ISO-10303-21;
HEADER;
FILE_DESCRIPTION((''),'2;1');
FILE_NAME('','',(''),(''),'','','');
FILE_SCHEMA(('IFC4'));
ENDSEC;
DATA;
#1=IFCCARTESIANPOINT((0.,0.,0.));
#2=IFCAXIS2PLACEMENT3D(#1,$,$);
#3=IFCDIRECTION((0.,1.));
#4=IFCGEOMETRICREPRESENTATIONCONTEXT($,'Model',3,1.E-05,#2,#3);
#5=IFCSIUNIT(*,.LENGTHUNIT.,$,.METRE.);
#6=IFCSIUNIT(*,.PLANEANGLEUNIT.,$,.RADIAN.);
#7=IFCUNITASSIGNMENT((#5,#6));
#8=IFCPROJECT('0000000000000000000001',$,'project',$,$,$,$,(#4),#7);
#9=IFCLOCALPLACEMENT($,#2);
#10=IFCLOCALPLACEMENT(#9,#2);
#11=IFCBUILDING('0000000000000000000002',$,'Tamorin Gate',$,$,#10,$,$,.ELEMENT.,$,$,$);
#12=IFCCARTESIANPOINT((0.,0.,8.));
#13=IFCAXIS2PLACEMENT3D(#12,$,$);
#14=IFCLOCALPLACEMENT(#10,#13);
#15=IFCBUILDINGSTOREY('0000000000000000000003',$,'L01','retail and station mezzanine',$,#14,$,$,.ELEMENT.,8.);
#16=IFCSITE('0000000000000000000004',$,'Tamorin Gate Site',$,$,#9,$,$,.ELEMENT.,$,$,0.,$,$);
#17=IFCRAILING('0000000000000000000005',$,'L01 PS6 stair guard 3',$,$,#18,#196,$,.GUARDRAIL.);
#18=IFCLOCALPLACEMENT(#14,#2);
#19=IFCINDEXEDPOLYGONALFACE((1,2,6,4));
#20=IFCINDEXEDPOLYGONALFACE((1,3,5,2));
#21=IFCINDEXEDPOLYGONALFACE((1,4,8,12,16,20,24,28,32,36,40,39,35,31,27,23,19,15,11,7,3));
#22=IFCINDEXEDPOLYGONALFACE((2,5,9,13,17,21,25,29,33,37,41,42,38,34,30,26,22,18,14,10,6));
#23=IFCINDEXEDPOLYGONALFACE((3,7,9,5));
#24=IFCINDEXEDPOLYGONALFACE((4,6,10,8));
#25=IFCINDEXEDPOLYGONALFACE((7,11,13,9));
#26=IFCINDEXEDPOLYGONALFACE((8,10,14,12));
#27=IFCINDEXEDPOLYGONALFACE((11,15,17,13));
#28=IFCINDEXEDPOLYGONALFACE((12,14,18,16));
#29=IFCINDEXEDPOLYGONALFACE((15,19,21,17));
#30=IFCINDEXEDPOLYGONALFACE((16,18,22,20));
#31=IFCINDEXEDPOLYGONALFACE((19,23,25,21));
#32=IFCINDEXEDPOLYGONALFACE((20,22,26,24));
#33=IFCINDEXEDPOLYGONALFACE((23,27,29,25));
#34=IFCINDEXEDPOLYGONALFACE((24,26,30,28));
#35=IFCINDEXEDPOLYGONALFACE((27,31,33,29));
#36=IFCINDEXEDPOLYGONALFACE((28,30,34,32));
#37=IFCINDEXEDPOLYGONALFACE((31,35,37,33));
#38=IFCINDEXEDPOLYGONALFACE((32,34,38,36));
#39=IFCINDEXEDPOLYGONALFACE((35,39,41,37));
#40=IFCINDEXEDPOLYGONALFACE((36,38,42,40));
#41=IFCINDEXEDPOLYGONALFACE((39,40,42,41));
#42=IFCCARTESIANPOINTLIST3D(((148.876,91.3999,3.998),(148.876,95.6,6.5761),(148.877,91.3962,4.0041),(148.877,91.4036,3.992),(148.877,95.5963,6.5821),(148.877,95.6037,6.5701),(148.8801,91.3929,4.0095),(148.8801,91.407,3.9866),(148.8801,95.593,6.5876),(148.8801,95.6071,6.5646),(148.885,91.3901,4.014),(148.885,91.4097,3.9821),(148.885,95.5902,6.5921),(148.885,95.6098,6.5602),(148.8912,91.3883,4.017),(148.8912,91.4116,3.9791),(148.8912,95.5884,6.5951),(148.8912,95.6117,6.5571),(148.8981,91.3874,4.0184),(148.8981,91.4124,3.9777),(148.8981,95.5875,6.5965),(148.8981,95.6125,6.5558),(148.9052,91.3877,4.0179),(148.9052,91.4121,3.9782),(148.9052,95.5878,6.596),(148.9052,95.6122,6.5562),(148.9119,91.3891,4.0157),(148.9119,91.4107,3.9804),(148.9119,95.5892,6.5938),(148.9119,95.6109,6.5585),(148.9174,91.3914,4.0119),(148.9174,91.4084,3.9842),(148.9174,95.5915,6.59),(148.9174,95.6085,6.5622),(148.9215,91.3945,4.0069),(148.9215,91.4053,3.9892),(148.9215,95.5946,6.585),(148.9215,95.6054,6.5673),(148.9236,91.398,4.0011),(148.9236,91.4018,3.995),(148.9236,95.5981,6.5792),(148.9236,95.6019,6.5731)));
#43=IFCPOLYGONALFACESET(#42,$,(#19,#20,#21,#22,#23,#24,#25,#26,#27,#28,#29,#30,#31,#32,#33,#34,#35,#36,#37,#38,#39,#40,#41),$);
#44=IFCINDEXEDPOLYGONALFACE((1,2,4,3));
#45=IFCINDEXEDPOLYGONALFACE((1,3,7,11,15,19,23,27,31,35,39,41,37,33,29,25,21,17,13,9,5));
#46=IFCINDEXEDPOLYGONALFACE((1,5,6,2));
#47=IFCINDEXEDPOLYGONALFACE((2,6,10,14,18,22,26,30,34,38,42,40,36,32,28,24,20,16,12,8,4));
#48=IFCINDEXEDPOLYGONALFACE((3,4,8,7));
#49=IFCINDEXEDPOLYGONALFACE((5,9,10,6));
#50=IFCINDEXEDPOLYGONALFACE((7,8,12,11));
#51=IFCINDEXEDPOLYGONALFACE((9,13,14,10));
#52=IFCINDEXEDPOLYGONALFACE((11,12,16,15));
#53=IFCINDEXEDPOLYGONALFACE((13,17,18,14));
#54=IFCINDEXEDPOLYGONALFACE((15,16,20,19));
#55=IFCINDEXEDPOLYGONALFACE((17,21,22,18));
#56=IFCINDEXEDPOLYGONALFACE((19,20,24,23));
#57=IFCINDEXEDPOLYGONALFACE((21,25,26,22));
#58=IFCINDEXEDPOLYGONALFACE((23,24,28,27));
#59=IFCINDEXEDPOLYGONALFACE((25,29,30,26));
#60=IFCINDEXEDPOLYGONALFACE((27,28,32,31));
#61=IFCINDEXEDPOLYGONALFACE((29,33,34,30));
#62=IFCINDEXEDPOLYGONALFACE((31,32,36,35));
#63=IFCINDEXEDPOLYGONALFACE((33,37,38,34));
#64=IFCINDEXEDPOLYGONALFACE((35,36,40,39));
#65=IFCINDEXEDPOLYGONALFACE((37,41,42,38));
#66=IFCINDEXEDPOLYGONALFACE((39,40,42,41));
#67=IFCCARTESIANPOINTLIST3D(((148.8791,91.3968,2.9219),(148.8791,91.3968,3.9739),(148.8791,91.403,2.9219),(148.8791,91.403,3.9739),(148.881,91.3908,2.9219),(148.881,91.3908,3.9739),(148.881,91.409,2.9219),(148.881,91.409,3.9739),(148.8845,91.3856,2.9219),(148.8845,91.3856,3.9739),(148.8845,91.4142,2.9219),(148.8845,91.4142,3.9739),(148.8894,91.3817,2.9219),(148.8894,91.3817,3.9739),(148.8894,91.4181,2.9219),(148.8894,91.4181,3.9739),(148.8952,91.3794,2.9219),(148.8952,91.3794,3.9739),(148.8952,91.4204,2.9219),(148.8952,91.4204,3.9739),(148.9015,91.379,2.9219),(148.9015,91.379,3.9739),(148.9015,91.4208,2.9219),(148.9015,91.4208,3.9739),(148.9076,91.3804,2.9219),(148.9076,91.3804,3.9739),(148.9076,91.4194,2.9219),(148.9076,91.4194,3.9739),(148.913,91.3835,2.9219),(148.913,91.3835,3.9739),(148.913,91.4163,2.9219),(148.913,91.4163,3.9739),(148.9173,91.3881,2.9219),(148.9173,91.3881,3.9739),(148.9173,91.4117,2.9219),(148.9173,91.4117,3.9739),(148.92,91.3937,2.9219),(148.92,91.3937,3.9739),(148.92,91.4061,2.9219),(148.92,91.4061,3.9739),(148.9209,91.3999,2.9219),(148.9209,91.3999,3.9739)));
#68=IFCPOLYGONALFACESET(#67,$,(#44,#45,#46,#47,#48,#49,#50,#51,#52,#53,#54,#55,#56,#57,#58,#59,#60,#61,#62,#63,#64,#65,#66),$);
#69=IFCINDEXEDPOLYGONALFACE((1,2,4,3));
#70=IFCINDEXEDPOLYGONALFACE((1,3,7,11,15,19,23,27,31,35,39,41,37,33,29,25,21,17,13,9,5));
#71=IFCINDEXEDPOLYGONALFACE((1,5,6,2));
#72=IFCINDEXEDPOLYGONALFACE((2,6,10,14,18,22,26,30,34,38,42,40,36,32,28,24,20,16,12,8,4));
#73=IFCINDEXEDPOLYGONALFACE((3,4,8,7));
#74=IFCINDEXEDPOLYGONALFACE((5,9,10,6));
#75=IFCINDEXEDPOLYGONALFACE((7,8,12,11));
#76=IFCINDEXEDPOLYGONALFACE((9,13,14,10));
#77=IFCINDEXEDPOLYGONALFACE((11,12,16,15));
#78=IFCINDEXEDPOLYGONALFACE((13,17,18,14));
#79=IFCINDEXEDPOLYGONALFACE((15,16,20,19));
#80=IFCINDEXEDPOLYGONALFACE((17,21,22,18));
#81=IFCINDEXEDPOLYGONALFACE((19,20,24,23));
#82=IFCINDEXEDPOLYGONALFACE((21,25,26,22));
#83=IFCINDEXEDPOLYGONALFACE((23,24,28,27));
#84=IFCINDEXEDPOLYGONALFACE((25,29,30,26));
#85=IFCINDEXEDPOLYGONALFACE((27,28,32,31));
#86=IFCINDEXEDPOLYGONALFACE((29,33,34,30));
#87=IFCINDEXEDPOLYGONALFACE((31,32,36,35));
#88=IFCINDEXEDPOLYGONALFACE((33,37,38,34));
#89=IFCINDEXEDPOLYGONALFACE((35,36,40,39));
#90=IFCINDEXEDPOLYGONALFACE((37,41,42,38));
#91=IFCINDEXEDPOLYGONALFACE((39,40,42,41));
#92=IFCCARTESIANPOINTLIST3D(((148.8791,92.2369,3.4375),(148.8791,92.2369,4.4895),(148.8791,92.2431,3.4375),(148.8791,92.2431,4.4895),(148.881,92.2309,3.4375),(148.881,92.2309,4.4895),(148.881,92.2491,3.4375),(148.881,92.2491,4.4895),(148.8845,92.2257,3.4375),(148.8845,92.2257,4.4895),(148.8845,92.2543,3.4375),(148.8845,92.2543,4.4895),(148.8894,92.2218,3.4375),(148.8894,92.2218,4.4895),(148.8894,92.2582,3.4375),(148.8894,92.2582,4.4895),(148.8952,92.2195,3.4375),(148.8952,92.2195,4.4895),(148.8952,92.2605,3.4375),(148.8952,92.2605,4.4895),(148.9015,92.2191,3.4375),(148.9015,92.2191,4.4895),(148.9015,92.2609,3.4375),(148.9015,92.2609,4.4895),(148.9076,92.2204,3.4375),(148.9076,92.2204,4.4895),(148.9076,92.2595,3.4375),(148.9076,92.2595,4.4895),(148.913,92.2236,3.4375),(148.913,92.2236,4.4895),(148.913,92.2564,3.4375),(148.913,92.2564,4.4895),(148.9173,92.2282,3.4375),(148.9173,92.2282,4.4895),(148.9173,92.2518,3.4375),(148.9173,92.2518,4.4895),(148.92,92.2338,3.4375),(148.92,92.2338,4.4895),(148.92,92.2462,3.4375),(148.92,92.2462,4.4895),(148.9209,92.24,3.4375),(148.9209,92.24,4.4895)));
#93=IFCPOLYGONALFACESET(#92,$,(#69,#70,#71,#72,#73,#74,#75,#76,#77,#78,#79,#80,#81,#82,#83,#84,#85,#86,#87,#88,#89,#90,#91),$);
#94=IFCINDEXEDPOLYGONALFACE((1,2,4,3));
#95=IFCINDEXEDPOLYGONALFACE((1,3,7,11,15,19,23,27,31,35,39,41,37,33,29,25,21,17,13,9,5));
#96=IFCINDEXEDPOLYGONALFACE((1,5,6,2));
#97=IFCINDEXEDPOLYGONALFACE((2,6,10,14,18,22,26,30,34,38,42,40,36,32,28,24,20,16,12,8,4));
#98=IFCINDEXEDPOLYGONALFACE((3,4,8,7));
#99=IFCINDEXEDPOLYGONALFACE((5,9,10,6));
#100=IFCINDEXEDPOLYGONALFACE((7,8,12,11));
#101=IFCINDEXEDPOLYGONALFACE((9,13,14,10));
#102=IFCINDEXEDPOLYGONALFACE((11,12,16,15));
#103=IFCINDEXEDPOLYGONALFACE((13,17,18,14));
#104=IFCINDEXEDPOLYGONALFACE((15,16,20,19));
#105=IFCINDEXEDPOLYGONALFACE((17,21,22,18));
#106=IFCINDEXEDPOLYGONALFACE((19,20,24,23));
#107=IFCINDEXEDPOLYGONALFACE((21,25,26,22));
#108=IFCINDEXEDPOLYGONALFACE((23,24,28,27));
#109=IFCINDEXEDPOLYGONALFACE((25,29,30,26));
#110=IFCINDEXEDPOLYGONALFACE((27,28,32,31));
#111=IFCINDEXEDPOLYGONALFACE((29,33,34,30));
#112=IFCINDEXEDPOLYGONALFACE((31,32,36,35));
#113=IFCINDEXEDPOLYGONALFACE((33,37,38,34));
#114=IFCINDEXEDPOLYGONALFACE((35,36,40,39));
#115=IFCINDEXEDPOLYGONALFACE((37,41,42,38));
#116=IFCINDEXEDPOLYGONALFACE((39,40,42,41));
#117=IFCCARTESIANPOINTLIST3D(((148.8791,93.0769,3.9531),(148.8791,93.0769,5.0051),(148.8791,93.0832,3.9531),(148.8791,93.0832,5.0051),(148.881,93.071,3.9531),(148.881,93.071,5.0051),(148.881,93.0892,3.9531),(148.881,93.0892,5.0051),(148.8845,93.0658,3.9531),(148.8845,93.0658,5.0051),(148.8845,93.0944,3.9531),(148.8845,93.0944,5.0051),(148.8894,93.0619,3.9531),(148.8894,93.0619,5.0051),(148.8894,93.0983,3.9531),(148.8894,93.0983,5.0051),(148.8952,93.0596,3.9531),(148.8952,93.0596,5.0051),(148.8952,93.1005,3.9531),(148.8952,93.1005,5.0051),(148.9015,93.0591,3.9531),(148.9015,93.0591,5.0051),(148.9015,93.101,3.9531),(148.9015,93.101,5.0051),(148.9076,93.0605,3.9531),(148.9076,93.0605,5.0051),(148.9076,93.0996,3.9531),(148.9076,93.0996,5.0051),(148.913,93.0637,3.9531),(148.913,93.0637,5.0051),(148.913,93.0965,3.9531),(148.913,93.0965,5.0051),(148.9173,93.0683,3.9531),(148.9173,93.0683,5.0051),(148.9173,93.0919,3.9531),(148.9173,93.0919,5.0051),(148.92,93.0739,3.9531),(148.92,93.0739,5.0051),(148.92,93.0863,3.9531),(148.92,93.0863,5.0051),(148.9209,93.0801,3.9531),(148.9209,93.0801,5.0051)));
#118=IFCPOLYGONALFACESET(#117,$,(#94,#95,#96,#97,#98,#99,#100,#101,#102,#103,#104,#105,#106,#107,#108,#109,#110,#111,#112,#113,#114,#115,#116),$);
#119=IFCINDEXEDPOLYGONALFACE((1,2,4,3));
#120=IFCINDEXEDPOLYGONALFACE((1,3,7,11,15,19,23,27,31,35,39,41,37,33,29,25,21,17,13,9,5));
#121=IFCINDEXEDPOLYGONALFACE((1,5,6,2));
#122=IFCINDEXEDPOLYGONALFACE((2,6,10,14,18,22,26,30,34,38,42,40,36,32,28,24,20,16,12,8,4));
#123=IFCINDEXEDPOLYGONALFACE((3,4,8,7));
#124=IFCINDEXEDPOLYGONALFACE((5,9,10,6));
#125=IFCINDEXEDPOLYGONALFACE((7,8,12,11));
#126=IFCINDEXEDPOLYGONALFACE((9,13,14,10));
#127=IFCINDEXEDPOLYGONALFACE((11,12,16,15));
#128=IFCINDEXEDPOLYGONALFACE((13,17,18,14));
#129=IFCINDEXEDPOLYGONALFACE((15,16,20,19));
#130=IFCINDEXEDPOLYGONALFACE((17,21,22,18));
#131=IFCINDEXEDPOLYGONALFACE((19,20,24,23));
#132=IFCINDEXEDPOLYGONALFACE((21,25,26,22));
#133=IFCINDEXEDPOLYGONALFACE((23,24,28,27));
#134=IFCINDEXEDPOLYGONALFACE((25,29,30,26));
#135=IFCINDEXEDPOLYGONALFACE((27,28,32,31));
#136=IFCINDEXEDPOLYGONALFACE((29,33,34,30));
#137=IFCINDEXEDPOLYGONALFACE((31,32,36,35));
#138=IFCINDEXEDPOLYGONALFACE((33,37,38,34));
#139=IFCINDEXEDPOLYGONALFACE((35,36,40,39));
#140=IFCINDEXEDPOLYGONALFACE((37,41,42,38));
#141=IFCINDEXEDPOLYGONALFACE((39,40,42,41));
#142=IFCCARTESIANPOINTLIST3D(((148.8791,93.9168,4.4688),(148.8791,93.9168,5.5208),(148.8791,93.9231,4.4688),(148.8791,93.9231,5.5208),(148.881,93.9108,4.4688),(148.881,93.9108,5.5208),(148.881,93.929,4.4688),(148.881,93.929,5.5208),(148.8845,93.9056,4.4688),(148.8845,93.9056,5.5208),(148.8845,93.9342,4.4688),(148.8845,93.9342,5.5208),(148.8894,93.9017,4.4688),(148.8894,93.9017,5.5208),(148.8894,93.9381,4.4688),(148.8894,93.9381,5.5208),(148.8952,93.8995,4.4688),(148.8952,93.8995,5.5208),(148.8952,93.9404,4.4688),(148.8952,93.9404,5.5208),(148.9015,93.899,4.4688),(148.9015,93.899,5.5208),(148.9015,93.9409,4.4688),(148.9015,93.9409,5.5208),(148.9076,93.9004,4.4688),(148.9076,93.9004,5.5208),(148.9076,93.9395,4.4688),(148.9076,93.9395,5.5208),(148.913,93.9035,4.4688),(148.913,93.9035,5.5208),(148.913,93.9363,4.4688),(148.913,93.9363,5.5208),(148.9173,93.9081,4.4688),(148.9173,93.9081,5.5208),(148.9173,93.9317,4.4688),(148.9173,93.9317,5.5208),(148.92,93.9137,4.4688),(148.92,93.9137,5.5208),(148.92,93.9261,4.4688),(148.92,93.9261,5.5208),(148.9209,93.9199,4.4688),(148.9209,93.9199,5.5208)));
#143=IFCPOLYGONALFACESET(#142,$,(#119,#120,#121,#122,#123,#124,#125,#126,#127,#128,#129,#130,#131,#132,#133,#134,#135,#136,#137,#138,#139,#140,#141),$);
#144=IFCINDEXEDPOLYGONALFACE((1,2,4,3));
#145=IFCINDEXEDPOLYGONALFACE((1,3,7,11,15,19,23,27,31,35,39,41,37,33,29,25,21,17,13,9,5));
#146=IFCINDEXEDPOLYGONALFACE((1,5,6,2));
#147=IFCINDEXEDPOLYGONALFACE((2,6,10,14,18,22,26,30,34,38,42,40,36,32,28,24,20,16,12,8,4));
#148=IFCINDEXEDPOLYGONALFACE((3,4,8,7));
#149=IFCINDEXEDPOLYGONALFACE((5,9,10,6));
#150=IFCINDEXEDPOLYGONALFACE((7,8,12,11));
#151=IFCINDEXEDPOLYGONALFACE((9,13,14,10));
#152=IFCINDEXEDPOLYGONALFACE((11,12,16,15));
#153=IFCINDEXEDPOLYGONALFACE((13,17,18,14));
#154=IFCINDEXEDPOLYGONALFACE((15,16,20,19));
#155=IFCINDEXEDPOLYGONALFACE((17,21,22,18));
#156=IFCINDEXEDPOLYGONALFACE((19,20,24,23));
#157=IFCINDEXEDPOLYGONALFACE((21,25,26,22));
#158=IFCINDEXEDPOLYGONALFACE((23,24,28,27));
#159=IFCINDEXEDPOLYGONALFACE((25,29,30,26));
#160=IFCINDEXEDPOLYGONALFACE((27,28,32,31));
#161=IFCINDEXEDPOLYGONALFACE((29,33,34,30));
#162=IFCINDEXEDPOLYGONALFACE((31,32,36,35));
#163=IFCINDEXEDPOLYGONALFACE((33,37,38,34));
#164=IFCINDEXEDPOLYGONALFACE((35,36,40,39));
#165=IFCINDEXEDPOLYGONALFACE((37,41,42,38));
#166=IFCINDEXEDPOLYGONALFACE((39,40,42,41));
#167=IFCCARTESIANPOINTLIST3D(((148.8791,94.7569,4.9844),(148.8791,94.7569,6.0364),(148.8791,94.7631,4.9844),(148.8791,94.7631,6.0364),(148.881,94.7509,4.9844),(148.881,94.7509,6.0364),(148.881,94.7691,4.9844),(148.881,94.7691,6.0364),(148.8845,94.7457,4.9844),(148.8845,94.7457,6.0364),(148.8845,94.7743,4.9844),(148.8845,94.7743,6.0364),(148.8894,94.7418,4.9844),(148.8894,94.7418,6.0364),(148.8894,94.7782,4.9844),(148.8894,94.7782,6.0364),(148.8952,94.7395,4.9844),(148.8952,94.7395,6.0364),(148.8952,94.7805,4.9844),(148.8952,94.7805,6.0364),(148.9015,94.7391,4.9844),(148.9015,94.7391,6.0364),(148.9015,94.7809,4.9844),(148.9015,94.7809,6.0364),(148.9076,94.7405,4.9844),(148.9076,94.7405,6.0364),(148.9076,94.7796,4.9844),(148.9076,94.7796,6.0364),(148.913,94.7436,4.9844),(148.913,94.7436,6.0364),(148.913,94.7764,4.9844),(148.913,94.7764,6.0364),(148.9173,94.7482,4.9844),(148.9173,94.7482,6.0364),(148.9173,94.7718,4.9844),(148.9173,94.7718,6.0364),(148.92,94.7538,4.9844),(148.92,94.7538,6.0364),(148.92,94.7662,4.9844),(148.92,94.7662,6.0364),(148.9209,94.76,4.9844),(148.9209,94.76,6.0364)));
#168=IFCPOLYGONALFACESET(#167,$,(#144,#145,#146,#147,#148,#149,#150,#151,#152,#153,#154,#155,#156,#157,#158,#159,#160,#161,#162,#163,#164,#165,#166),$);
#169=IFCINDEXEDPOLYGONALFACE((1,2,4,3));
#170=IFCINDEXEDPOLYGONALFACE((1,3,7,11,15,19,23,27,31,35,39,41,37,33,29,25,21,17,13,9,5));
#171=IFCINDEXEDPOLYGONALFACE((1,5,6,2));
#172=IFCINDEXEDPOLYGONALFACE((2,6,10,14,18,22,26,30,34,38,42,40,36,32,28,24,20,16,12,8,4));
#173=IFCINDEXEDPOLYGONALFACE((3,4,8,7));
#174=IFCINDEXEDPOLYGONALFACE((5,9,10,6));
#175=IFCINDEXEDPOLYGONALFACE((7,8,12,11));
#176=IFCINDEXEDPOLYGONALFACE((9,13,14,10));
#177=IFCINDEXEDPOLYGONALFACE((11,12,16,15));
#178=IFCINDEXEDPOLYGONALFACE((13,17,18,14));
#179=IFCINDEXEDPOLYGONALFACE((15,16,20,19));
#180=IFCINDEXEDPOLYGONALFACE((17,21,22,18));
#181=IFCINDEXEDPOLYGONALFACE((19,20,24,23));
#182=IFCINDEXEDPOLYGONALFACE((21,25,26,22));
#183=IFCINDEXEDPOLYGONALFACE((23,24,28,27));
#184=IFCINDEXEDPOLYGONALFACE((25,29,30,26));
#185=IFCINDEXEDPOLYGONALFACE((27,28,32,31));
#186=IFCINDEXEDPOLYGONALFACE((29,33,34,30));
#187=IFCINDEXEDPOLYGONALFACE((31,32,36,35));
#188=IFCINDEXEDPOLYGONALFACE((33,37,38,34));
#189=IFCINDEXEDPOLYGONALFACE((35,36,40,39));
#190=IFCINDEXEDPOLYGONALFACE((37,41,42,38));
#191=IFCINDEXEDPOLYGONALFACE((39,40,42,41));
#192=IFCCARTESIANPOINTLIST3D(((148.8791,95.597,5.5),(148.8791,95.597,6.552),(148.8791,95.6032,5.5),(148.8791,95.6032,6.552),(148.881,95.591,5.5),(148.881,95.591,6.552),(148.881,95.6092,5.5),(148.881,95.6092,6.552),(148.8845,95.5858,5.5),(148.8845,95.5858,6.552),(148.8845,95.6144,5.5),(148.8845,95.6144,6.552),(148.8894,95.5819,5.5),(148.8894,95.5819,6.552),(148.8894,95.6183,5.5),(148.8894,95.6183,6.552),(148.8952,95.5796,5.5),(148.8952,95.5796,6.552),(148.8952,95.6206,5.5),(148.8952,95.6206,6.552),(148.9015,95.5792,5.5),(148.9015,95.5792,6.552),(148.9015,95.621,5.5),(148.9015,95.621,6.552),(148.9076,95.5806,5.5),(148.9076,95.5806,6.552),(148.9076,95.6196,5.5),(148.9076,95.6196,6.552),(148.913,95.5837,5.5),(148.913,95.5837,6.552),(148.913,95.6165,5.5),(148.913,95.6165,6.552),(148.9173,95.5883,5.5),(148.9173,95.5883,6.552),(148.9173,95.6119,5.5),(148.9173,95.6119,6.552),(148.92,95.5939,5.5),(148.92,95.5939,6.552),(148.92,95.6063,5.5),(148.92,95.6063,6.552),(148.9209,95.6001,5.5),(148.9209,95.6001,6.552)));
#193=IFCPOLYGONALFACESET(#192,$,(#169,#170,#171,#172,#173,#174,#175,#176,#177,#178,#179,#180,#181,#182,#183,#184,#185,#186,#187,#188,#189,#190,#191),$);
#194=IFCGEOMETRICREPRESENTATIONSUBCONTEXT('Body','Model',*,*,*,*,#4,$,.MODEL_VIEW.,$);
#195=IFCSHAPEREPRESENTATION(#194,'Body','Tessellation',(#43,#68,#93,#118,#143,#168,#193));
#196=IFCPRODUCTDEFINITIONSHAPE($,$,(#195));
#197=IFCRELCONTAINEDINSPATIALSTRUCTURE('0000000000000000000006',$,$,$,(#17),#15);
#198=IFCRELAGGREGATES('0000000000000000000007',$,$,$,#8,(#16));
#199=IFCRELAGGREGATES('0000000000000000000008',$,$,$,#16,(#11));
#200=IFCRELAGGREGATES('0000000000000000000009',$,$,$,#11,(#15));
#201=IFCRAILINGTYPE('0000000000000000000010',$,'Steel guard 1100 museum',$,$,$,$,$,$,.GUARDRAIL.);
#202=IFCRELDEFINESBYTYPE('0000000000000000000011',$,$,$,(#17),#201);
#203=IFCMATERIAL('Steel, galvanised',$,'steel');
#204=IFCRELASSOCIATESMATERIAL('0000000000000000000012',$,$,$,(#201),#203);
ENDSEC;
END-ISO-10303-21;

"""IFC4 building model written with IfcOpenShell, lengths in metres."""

from ifc_helpers import new_model, si_unit, direction, frame, origin, origin_2d, place, context, subcontext, project, spatial, circle, extrude, material, type_object, element, save


model = new_model("IFC4")

# Units and contexts
model_context = context("Model", 3, precision=1e-05, world=origin(), true_north=direction((0.0, 1.0)))
body_context = subcontext(model_context, "Body", "Model", "MODEL_VIEW")
ifc_project = project(units=[si_unit("LENGTHUNIT", "METRE"), si_unit("PLANEANGLEUNIT", "RADIAN")], contexts=[model_context])

# Site, building, storey
site_placement = place(None, origin())
site = spatial("IfcSite", under=ifc_project, at=site_placement, Name="Tamorin Gate Site", CompositionType="ELEMENT", RefElevation=0.0)
building_placement = place(site_placement, origin())
building = spatial("IfcBuilding", under=site, at=building_placement, Name="Tamorin Gate", CompositionType="ELEMENT")
storey_placement = place(building_placement, frame((0.0, 0.0, 8.0)))
storey = spatial("IfcBuildingStorey", under=building, at=storey_placement, Name="L01", Description="retail and station mezzanine", CompositionType="ELEMENT", Elevation=8.0)

# Railing
ifc_material_1 = material(Name="Steel, galvanised", Category="steel")
railing_type_1 = type_object("IfcRailingType", Name="Steel guard 1100 museum", PredefinedType="GUARDRAIL", material=ifc_material_1)
railing_1_placement = place(storey_placement, frame((148.8999, 91.3999, 2.9219)))
element("IfcRailing", 1, at=railing_1_placement, inside=storey, type_object=railing_type_1, Name="L01 PS6 stair guard 3", PredefinedType="GUARDRAIL", context=body_context, shape_type="SweptSolid", body=[
    extrude(circle(Radius=0.0239, at=origin_2d()), frame((0.0, 0.0, 1.0762), z_axis=(0.0, 0.852256, 0.523124), x_axis=(-1.0, 0.0, 0.0)), (0.0, 0.0, 1.0), 4.9282),
    extrude(circle(Radius=0.021, at=origin_2d()), origin(), (0.0, 0.0, 1.0), 1.052),
    extrude(circle(Radius=0.021, at=origin_2d()), frame((0.0, 0.8401, 0.5156)), (0.0, 0.0, 1.0), 1.052),
    extrude(circle(Radius=0.021, at=origin_2d()), frame((0.0, 1.6802, 1.0312)), (0.0, 0.0, 1.0), 1.052),
    extrude(circle(Radius=0.021, at=origin_2d()), frame((0.0, 2.52, 1.5469)), (0.0, 0.0, 1.0), 1.052),
    extrude(circle(Radius=0.021, at=origin_2d()), frame((0.0, 3.3601, 2.0625)), (0.0, 0.0, 1.0), 1.052),
    extrude(circle(Radius=0.021, at=origin_2d()), frame((0.0, 4.2002, 2.5781)), (0.0, 0.0, 1.0), 1.052),
])

save(model, "model.ifc")
